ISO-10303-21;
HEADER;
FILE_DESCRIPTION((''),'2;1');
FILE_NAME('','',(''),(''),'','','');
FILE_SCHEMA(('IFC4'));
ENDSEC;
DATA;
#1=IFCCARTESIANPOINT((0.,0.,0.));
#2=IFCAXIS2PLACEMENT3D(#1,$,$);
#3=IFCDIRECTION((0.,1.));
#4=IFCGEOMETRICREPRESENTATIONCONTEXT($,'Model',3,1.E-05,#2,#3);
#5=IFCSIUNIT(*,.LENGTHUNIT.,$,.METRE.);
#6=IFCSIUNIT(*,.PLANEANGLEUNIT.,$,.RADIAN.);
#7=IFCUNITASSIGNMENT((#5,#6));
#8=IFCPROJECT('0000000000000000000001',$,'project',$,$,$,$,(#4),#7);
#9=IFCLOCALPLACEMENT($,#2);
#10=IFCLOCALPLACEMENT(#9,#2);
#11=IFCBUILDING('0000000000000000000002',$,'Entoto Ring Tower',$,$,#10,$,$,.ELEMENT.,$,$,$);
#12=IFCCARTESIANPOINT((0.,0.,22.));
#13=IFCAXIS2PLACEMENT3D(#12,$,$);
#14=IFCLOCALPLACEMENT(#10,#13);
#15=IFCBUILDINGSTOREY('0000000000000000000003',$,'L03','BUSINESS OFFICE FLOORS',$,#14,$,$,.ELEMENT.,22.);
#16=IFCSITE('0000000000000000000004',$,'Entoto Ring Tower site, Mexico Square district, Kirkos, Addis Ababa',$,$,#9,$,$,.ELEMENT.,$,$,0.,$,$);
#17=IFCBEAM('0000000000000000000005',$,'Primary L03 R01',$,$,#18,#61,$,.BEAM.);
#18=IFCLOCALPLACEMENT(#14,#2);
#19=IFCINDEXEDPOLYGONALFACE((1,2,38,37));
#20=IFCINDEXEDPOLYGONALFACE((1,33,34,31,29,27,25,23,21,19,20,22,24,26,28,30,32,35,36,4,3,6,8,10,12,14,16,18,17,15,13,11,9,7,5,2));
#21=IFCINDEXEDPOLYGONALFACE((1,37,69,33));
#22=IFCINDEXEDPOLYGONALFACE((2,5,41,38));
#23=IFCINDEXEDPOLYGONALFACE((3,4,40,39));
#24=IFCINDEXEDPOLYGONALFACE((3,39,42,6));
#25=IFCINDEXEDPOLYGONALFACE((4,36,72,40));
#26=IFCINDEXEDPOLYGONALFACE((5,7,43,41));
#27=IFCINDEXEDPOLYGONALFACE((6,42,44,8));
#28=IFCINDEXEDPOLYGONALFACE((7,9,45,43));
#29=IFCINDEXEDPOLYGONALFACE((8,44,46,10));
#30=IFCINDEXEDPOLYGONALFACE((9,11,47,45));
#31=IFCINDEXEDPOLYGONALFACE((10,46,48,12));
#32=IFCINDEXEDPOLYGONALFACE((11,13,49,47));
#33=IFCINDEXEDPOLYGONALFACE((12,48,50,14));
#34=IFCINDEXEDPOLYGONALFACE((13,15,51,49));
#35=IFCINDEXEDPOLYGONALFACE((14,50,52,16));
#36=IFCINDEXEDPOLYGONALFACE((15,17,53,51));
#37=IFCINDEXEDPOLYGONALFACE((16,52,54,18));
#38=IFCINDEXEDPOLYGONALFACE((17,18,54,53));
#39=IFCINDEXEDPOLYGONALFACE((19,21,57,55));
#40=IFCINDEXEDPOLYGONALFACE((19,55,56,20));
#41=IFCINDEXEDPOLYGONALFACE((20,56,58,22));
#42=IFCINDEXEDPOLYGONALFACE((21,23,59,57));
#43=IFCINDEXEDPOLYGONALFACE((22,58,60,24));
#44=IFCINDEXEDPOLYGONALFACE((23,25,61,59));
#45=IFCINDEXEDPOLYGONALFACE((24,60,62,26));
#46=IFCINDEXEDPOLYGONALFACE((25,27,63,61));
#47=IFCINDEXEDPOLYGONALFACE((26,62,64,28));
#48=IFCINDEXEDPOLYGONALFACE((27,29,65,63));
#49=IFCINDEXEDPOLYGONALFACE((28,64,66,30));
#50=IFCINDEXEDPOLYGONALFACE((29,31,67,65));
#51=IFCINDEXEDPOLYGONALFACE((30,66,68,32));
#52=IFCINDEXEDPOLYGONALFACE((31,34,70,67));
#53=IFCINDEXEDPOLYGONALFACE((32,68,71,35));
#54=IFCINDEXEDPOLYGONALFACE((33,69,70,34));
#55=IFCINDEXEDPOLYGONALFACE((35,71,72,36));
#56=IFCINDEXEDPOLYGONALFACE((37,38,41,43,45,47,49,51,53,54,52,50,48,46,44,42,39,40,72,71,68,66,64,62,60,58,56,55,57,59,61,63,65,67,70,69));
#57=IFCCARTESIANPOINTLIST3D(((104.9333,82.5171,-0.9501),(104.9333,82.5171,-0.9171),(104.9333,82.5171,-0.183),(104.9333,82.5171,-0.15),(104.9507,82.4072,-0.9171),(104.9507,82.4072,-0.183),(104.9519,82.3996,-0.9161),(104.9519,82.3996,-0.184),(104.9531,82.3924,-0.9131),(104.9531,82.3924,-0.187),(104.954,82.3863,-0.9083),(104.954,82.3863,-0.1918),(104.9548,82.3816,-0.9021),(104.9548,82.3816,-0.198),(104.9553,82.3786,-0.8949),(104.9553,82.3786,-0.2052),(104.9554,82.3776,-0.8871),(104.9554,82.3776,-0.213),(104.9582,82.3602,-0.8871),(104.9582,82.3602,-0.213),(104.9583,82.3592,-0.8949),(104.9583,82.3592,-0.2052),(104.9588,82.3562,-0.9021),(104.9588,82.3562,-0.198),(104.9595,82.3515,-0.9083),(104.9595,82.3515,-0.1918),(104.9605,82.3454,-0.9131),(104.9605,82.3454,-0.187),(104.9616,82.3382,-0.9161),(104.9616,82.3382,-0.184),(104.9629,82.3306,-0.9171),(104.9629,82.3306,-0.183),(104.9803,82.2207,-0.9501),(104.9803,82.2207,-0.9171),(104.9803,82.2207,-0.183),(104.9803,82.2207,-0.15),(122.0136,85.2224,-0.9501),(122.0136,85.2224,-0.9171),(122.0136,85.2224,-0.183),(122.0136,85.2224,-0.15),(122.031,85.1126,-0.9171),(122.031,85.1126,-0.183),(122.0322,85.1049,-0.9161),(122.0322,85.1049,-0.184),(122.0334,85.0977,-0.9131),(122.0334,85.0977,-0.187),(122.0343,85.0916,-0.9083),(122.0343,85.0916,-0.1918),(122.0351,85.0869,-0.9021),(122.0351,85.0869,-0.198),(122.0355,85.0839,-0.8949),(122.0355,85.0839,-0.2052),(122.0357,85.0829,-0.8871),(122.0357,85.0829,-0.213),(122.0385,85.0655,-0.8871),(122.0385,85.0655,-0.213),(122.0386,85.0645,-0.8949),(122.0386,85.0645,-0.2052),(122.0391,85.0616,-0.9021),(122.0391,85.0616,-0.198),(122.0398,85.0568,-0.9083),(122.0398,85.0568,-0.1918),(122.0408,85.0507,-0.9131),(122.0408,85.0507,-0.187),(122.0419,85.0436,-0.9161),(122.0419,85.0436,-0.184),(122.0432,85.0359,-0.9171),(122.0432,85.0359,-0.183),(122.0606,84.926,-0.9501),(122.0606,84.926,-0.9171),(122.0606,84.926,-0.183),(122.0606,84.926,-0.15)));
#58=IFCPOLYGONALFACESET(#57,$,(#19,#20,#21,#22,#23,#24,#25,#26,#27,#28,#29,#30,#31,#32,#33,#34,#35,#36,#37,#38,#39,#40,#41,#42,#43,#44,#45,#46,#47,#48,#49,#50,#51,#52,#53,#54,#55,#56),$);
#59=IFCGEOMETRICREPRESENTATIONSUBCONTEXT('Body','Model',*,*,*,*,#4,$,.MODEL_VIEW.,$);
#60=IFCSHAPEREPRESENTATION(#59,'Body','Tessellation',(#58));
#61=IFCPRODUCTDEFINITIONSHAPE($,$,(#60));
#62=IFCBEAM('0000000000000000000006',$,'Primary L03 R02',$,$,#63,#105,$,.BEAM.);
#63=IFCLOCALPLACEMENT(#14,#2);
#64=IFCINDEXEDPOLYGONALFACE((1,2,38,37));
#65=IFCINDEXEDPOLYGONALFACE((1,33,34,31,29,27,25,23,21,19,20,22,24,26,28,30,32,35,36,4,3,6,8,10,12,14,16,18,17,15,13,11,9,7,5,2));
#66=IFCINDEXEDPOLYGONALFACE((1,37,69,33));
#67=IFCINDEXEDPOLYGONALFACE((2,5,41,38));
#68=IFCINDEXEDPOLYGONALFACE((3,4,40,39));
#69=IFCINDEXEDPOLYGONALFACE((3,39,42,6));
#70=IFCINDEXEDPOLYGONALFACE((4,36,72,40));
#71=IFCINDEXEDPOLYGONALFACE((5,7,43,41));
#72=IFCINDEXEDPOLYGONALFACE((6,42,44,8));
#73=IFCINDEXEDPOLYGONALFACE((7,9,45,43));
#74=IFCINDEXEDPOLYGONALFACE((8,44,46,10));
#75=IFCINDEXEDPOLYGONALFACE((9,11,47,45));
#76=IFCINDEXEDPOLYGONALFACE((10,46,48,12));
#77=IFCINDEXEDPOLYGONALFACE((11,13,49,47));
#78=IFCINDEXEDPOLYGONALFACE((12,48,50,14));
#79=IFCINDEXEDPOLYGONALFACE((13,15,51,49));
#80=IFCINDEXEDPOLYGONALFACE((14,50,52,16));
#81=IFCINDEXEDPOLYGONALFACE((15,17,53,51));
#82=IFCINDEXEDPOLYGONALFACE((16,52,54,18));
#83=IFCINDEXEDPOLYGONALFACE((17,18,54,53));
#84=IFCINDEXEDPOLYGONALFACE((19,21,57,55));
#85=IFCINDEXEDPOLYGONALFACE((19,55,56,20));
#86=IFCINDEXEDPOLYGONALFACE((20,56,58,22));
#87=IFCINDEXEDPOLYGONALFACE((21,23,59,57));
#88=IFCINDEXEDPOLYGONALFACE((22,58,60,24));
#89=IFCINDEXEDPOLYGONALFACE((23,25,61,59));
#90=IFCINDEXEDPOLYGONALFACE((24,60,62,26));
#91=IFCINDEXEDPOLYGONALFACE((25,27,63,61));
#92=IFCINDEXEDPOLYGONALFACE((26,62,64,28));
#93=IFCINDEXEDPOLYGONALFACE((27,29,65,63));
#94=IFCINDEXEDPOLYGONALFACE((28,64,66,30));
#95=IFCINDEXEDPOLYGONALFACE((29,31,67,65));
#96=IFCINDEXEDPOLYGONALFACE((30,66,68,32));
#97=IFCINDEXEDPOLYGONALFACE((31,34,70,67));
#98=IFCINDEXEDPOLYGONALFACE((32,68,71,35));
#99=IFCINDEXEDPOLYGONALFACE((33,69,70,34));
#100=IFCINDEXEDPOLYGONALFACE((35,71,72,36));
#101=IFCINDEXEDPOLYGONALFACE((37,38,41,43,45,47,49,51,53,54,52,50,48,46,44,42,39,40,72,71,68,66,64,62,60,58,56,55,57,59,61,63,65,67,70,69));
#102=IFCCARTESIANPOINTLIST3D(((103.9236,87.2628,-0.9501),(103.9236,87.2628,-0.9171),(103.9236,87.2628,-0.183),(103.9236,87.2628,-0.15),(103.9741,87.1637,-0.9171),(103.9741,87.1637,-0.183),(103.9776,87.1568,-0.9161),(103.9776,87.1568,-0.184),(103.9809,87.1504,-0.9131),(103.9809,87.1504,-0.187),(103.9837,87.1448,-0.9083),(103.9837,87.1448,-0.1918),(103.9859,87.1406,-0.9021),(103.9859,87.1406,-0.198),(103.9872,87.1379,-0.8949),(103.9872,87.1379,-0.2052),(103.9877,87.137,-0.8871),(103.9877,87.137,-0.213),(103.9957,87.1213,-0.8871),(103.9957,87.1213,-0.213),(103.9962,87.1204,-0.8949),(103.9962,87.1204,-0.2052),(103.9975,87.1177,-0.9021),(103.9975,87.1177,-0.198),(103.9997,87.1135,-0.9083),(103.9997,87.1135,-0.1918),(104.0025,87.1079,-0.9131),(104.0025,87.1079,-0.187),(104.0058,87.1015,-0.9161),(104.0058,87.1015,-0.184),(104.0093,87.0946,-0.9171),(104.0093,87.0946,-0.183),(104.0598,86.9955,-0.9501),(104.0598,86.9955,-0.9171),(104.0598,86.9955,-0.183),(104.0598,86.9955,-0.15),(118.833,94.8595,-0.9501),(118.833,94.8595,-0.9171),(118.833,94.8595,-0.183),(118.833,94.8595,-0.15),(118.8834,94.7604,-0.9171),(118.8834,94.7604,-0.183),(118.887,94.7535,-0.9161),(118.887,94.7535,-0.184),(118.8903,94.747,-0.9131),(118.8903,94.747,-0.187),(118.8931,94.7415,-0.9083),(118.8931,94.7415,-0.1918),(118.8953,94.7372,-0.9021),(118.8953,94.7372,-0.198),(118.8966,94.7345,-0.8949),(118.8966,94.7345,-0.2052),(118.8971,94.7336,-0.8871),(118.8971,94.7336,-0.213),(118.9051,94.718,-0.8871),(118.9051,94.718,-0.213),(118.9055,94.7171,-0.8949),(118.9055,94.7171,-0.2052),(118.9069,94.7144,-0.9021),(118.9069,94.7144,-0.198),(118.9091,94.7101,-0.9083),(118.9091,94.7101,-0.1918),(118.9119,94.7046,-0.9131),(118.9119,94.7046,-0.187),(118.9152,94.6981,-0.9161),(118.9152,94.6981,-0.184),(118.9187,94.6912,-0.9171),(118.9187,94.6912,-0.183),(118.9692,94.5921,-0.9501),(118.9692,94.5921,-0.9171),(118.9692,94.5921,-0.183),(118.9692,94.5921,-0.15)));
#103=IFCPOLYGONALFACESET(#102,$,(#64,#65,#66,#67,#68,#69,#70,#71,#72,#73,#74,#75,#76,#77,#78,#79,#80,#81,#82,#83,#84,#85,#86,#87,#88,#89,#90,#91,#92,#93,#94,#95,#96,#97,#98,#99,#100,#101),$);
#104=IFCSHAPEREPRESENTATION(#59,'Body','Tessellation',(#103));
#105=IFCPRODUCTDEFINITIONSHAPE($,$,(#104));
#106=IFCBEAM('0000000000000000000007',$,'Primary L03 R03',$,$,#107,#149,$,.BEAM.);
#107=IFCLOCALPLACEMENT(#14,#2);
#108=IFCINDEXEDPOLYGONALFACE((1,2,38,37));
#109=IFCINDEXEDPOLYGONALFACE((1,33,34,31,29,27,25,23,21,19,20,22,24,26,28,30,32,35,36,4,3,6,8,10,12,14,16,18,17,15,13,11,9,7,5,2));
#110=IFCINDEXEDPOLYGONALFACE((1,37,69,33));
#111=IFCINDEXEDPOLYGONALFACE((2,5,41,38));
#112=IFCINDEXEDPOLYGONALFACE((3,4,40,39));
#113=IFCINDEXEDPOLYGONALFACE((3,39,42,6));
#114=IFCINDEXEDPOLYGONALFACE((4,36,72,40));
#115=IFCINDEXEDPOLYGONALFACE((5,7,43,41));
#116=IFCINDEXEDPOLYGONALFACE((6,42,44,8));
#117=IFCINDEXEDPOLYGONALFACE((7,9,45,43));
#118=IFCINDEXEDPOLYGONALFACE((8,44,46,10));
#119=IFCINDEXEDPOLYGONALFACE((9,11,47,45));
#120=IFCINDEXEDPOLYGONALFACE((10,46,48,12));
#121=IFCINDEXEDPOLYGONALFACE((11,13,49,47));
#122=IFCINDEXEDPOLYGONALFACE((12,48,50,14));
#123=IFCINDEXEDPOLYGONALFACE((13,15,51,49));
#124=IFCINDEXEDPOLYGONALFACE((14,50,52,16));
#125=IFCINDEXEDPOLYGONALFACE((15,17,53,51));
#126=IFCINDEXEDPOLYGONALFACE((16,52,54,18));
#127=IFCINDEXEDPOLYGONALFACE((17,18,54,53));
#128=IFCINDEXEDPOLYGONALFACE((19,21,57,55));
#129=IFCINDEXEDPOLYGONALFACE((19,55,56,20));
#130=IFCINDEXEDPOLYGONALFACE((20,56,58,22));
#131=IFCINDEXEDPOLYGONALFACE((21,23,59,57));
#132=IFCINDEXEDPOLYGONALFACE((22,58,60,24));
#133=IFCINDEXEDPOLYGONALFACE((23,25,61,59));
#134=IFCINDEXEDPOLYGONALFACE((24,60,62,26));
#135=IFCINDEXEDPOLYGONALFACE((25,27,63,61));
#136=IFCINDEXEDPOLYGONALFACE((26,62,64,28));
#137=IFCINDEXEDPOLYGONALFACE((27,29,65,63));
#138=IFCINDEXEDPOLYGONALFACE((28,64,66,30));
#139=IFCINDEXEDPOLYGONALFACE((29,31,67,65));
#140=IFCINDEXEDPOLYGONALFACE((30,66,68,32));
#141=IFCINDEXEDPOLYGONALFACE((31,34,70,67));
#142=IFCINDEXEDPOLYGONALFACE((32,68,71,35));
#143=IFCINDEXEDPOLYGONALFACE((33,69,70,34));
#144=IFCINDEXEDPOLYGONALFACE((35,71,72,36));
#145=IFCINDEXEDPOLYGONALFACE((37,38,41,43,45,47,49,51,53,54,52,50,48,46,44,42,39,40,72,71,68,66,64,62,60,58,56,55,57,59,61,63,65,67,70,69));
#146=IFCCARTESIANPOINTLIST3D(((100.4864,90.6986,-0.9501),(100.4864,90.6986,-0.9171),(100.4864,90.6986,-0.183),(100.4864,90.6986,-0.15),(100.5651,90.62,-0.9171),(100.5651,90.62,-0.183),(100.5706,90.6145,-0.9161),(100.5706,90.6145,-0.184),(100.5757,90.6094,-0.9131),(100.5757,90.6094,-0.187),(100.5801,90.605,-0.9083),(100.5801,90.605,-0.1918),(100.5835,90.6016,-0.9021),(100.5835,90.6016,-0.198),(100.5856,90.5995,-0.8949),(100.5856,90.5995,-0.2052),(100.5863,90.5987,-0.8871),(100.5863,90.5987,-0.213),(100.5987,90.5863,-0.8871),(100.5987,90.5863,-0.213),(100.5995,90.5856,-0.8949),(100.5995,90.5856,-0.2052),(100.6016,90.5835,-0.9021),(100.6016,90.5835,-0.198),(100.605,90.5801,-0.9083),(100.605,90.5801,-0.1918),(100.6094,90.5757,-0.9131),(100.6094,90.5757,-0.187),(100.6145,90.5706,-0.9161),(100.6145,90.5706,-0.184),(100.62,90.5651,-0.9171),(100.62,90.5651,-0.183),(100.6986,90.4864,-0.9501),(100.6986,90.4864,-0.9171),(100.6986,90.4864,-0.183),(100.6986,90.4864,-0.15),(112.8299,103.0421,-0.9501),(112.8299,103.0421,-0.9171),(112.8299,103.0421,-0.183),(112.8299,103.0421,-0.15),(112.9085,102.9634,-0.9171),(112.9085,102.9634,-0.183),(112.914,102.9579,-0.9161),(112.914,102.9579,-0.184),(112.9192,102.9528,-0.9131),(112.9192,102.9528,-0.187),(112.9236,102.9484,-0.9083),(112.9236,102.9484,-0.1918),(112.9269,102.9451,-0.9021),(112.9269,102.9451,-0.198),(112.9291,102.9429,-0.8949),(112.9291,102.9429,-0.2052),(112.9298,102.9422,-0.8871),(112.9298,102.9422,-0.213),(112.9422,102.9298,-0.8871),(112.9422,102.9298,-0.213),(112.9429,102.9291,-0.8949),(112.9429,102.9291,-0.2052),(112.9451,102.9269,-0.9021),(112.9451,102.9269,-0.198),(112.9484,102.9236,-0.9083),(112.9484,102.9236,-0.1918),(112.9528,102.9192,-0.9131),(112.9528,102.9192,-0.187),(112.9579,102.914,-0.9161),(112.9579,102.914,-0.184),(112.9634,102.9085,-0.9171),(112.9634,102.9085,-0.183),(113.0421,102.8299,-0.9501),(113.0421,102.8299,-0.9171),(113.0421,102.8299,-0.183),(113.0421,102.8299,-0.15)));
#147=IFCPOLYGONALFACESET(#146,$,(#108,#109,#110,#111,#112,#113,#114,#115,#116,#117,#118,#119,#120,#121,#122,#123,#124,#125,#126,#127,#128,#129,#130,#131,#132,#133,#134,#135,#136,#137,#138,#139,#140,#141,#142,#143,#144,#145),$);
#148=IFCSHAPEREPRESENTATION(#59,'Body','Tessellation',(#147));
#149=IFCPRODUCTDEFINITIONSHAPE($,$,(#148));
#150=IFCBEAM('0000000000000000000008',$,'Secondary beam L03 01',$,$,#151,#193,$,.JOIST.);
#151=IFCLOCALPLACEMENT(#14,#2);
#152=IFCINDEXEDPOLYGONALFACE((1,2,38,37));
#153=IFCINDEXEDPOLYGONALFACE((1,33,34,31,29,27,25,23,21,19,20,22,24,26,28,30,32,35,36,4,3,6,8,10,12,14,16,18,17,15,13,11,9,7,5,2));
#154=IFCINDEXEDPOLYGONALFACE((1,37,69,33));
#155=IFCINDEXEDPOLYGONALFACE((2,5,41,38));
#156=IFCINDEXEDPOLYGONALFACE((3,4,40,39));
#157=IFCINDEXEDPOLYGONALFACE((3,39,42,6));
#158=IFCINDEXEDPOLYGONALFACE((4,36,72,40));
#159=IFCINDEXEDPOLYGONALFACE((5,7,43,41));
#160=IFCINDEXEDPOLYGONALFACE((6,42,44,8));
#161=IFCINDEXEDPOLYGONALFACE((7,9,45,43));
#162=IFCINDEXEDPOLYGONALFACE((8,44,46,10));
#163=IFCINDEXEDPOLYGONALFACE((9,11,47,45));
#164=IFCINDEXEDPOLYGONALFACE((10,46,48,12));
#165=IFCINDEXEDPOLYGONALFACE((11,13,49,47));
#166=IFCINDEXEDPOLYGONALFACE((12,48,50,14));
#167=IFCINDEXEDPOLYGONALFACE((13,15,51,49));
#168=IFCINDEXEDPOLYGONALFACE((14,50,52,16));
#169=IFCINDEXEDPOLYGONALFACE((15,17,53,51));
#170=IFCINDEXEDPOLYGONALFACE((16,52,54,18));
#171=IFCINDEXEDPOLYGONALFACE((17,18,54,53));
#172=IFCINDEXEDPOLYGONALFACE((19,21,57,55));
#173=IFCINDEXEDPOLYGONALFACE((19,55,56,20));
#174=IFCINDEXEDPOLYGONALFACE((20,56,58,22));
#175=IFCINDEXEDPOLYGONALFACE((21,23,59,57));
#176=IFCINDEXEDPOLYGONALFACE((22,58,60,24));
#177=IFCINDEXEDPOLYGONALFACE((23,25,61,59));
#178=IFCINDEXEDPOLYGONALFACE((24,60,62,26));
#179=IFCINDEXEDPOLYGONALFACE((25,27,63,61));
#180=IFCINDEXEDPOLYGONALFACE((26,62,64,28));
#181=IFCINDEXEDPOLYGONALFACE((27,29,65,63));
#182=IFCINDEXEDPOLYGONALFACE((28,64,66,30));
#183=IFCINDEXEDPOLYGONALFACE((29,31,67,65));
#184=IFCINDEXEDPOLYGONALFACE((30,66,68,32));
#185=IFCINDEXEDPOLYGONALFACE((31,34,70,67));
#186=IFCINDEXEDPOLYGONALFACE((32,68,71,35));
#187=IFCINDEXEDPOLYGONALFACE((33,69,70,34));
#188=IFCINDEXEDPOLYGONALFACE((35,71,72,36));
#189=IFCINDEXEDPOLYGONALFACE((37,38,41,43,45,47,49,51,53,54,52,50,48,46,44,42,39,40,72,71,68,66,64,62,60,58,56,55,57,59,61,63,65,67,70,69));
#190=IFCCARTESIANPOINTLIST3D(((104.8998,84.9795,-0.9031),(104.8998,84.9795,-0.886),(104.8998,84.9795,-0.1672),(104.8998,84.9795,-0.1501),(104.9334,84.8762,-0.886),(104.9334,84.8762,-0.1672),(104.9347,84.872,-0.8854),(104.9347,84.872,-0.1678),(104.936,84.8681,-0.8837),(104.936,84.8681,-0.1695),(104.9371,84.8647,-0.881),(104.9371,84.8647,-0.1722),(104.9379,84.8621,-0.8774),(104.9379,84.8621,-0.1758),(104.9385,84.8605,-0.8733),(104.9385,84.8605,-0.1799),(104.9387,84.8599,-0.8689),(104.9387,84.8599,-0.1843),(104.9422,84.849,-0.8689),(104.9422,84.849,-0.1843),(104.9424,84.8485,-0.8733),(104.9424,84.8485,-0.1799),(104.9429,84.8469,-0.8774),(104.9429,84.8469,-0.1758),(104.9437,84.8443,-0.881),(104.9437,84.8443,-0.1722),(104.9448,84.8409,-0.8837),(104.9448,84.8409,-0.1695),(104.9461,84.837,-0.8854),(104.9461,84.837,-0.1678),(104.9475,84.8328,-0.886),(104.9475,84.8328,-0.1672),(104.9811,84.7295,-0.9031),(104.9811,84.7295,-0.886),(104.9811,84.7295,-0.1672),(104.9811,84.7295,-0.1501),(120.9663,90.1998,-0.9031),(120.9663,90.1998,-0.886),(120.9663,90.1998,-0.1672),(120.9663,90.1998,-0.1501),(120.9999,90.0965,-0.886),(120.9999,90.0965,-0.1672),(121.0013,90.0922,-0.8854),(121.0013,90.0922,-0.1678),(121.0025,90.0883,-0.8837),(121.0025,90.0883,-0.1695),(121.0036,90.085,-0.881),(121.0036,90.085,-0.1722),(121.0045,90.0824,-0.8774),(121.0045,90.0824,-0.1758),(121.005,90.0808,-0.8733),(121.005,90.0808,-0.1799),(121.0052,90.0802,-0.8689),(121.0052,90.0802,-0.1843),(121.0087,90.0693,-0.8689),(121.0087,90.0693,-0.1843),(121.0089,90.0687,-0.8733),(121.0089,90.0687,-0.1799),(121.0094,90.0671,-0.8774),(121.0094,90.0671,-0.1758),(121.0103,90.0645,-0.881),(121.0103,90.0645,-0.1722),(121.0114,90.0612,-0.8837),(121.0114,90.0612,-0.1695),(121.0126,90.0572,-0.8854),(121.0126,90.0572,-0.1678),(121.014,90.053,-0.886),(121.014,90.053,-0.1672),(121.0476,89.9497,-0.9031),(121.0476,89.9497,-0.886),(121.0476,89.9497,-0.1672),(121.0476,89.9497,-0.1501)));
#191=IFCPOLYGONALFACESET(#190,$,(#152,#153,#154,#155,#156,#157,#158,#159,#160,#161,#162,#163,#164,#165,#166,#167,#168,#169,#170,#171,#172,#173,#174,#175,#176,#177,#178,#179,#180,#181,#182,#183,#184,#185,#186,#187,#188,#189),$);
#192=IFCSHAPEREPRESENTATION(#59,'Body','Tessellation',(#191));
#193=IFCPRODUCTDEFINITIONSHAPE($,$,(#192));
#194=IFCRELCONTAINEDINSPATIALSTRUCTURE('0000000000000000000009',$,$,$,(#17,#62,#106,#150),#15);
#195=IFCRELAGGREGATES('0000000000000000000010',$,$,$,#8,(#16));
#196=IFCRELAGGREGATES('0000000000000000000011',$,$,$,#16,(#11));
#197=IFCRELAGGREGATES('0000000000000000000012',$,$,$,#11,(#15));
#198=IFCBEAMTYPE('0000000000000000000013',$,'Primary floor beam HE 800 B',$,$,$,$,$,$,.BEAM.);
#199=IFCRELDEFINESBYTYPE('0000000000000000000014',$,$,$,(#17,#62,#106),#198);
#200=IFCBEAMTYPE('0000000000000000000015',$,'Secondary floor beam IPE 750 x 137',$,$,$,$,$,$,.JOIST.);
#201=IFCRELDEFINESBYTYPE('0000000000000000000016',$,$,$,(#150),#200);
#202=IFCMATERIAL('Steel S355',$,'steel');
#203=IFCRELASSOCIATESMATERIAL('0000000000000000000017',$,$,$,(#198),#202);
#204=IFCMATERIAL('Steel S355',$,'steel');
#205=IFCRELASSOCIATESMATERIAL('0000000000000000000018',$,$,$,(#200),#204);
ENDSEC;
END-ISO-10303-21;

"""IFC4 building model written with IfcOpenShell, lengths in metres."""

from ifc_helpers import new_model, si_unit, direction, frame, origin, origin_2d, place, context, subcontext, project, spatial, i_section, extrude, material, material_profile, profile_set, type_object, element, save


model = new_model("IFC4")

# Units and contexts
model_context = context("Model", 3, precision=1e-05, world=origin(), true_north=direction((0.0, 1.0)))
body_context = subcontext(model_context, "Body", "Model", "MODEL_VIEW")
ifc_project = project(units=[si_unit("LENGTHUNIT", "METRE"), si_unit("PLANEANGLEUNIT", "RADIAN")], contexts=[model_context])

# Site, building, storey
site_placement = place(None, origin())
site = spatial("IfcSite", under=ifc_project, at=site_placement, Name="Entoto Ring Tower site, Mexico Square district, Kirkos, Addis Ababa", CompositionType="ELEMENT", RefElevation=0.0)
building_placement = place(site_placement, origin())
building = spatial("IfcBuilding", under=site, at=building_placement, Name="Entoto Ring Tower", CompositionType="ELEMENT")
storey_placement = place(building_placement, frame((0.0, 0.0, 22.0)))
storey = spatial("IfcBuildingStorey", under=building, at=storey_placement, Name="L03", Description="BUSINESS OFFICE FLOORS", CompositionType="ELEMENT", Elevation=22.0)

# Beams
ifc_material_1 = material(Name="Steel S355", Category="steel")
ifc_material_profile_1 = material_profile(ifc_material_1, i_section(OverallWidth=0.3, OverallDepth=0.8, WebThickness=0.0176, FlangeThickness=0.033, FilletRadius=0.03, at=origin_2d()), Name="HE 800 B")
ifc_profile_set_1 = profile_set([ifc_material_profile_1], Name="Steel S355")
beam_type_1 = type_object("IfcBeamType", Name="Primary floor beam HE 800 B", PredefinedType="BEAM", material=ifc_profile_set_1)
beam_1_placement = place(storey_placement, frame((104.9568, 82.3689, -0.55), z_axis=(0.987688, 0.156438, 0.0), x_axis=(-0.156438, 0.987688, 0.0)))
element("IfcBeam", 1, at=beam_1_placement, inside=storey, type_object=beam_type_1, Name="Primary L03 R01", PredefinedType="BEAM", context=body_context, shape_type="SweptSolid", body=[
    extrude(i_section(OverallWidth=0.3, OverallDepth=0.8, WebThickness=0.0176, FlangeThickness=0.033, FilletRadius=0.03, at=origin_2d()), origin(), (0.0, 0.0, 1.0), 17.2932),
])
beam_2_placement = place(storey_placement, frame((103.9917, 87.1292, -0.55), z_axis=(0.891008, 0.453988, 0.0), x_axis=(-0.453988, 0.891008, 0.0)))
element("IfcBeam", 2, at=beam_2_placement, inside=storey, type_object=beam_type_1, Name="Primary L03 R02", PredefinedType="BEAM", context=body_context, shape_type="SweptSolid", body=[
    extrude(i_section(OverallWidth=0.3, OverallDepth=0.8, WebThickness=0.0176, FlangeThickness=0.033, FilletRadius=0.03, at=origin_2d()), origin(), (0.0, 0.0, 1.0), 16.7332),
])
beam_3_placement = place(storey_placement, frame((100.5925, 90.5925, -0.55), z_axis=(0.707107, 0.707107, 0.0), x_axis=(-0.707107, 0.707107, 0.0)))
element("IfcBeam", 3, at=beam_3_placement, inside=storey, type_object=beam_type_1, Name="Primary L03 R03", PredefinedType="BEAM", context=body_context, shape_type="SweptSolid", body=[
    extrude(i_section(OverallWidth=0.3, OverallDepth=0.8, WebThickness=0.0176, FlangeThickness=0.033, FilletRadius=0.03, at=origin_2d()), origin(), (0.0, 0.0, 1.0), 17.4563),
])
ifc_material_2 = material(Name="Steel S355", Category="steel")
ifc_material_profile_2 = material_profile(ifc_material_2, i_section(OverallWidth=0.2629, OverallDepth=0.7529, WebThickness=0.0115, FlangeThickness=0.0171, FilletRadius=0.0171, at=origin_2d()), Name="IPE 750 x 137")
ifc_profile_set_2 = profile_set([ifc_material_profile_2], Name="Steel S355")
beam_type_2 = type_object("IfcBeamType", Name="Secondary floor beam IPE 750 x 137", PredefinedType="JOIST", material=ifc_profile_set_2)
beam_4_placement = place(storey_placement, frame((104.9404, 84.8545, -0.5266), z_axis=(0.951058, 0.309013, 0.0), x_axis=(-0.309013, 0.951058, 0.0)))
element("IfcBeam", 4, at=beam_4_placement, inside=storey, type_object=beam_type_2, Name="Secondary beam L03 01", PredefinedType="JOIST", context=body_context, shape_type="SweptSolid", body=[
    extrude(i_section(OverallWidth=0.2629, OverallDepth=0.7529, WebThickness=0.0115, FlangeThickness=0.0171, FilletRadius=0.0171, at=origin_2d()), origin(), (0.0, 0.0, 1.0), 16.8933),
])

save(model, "model.ifc")
